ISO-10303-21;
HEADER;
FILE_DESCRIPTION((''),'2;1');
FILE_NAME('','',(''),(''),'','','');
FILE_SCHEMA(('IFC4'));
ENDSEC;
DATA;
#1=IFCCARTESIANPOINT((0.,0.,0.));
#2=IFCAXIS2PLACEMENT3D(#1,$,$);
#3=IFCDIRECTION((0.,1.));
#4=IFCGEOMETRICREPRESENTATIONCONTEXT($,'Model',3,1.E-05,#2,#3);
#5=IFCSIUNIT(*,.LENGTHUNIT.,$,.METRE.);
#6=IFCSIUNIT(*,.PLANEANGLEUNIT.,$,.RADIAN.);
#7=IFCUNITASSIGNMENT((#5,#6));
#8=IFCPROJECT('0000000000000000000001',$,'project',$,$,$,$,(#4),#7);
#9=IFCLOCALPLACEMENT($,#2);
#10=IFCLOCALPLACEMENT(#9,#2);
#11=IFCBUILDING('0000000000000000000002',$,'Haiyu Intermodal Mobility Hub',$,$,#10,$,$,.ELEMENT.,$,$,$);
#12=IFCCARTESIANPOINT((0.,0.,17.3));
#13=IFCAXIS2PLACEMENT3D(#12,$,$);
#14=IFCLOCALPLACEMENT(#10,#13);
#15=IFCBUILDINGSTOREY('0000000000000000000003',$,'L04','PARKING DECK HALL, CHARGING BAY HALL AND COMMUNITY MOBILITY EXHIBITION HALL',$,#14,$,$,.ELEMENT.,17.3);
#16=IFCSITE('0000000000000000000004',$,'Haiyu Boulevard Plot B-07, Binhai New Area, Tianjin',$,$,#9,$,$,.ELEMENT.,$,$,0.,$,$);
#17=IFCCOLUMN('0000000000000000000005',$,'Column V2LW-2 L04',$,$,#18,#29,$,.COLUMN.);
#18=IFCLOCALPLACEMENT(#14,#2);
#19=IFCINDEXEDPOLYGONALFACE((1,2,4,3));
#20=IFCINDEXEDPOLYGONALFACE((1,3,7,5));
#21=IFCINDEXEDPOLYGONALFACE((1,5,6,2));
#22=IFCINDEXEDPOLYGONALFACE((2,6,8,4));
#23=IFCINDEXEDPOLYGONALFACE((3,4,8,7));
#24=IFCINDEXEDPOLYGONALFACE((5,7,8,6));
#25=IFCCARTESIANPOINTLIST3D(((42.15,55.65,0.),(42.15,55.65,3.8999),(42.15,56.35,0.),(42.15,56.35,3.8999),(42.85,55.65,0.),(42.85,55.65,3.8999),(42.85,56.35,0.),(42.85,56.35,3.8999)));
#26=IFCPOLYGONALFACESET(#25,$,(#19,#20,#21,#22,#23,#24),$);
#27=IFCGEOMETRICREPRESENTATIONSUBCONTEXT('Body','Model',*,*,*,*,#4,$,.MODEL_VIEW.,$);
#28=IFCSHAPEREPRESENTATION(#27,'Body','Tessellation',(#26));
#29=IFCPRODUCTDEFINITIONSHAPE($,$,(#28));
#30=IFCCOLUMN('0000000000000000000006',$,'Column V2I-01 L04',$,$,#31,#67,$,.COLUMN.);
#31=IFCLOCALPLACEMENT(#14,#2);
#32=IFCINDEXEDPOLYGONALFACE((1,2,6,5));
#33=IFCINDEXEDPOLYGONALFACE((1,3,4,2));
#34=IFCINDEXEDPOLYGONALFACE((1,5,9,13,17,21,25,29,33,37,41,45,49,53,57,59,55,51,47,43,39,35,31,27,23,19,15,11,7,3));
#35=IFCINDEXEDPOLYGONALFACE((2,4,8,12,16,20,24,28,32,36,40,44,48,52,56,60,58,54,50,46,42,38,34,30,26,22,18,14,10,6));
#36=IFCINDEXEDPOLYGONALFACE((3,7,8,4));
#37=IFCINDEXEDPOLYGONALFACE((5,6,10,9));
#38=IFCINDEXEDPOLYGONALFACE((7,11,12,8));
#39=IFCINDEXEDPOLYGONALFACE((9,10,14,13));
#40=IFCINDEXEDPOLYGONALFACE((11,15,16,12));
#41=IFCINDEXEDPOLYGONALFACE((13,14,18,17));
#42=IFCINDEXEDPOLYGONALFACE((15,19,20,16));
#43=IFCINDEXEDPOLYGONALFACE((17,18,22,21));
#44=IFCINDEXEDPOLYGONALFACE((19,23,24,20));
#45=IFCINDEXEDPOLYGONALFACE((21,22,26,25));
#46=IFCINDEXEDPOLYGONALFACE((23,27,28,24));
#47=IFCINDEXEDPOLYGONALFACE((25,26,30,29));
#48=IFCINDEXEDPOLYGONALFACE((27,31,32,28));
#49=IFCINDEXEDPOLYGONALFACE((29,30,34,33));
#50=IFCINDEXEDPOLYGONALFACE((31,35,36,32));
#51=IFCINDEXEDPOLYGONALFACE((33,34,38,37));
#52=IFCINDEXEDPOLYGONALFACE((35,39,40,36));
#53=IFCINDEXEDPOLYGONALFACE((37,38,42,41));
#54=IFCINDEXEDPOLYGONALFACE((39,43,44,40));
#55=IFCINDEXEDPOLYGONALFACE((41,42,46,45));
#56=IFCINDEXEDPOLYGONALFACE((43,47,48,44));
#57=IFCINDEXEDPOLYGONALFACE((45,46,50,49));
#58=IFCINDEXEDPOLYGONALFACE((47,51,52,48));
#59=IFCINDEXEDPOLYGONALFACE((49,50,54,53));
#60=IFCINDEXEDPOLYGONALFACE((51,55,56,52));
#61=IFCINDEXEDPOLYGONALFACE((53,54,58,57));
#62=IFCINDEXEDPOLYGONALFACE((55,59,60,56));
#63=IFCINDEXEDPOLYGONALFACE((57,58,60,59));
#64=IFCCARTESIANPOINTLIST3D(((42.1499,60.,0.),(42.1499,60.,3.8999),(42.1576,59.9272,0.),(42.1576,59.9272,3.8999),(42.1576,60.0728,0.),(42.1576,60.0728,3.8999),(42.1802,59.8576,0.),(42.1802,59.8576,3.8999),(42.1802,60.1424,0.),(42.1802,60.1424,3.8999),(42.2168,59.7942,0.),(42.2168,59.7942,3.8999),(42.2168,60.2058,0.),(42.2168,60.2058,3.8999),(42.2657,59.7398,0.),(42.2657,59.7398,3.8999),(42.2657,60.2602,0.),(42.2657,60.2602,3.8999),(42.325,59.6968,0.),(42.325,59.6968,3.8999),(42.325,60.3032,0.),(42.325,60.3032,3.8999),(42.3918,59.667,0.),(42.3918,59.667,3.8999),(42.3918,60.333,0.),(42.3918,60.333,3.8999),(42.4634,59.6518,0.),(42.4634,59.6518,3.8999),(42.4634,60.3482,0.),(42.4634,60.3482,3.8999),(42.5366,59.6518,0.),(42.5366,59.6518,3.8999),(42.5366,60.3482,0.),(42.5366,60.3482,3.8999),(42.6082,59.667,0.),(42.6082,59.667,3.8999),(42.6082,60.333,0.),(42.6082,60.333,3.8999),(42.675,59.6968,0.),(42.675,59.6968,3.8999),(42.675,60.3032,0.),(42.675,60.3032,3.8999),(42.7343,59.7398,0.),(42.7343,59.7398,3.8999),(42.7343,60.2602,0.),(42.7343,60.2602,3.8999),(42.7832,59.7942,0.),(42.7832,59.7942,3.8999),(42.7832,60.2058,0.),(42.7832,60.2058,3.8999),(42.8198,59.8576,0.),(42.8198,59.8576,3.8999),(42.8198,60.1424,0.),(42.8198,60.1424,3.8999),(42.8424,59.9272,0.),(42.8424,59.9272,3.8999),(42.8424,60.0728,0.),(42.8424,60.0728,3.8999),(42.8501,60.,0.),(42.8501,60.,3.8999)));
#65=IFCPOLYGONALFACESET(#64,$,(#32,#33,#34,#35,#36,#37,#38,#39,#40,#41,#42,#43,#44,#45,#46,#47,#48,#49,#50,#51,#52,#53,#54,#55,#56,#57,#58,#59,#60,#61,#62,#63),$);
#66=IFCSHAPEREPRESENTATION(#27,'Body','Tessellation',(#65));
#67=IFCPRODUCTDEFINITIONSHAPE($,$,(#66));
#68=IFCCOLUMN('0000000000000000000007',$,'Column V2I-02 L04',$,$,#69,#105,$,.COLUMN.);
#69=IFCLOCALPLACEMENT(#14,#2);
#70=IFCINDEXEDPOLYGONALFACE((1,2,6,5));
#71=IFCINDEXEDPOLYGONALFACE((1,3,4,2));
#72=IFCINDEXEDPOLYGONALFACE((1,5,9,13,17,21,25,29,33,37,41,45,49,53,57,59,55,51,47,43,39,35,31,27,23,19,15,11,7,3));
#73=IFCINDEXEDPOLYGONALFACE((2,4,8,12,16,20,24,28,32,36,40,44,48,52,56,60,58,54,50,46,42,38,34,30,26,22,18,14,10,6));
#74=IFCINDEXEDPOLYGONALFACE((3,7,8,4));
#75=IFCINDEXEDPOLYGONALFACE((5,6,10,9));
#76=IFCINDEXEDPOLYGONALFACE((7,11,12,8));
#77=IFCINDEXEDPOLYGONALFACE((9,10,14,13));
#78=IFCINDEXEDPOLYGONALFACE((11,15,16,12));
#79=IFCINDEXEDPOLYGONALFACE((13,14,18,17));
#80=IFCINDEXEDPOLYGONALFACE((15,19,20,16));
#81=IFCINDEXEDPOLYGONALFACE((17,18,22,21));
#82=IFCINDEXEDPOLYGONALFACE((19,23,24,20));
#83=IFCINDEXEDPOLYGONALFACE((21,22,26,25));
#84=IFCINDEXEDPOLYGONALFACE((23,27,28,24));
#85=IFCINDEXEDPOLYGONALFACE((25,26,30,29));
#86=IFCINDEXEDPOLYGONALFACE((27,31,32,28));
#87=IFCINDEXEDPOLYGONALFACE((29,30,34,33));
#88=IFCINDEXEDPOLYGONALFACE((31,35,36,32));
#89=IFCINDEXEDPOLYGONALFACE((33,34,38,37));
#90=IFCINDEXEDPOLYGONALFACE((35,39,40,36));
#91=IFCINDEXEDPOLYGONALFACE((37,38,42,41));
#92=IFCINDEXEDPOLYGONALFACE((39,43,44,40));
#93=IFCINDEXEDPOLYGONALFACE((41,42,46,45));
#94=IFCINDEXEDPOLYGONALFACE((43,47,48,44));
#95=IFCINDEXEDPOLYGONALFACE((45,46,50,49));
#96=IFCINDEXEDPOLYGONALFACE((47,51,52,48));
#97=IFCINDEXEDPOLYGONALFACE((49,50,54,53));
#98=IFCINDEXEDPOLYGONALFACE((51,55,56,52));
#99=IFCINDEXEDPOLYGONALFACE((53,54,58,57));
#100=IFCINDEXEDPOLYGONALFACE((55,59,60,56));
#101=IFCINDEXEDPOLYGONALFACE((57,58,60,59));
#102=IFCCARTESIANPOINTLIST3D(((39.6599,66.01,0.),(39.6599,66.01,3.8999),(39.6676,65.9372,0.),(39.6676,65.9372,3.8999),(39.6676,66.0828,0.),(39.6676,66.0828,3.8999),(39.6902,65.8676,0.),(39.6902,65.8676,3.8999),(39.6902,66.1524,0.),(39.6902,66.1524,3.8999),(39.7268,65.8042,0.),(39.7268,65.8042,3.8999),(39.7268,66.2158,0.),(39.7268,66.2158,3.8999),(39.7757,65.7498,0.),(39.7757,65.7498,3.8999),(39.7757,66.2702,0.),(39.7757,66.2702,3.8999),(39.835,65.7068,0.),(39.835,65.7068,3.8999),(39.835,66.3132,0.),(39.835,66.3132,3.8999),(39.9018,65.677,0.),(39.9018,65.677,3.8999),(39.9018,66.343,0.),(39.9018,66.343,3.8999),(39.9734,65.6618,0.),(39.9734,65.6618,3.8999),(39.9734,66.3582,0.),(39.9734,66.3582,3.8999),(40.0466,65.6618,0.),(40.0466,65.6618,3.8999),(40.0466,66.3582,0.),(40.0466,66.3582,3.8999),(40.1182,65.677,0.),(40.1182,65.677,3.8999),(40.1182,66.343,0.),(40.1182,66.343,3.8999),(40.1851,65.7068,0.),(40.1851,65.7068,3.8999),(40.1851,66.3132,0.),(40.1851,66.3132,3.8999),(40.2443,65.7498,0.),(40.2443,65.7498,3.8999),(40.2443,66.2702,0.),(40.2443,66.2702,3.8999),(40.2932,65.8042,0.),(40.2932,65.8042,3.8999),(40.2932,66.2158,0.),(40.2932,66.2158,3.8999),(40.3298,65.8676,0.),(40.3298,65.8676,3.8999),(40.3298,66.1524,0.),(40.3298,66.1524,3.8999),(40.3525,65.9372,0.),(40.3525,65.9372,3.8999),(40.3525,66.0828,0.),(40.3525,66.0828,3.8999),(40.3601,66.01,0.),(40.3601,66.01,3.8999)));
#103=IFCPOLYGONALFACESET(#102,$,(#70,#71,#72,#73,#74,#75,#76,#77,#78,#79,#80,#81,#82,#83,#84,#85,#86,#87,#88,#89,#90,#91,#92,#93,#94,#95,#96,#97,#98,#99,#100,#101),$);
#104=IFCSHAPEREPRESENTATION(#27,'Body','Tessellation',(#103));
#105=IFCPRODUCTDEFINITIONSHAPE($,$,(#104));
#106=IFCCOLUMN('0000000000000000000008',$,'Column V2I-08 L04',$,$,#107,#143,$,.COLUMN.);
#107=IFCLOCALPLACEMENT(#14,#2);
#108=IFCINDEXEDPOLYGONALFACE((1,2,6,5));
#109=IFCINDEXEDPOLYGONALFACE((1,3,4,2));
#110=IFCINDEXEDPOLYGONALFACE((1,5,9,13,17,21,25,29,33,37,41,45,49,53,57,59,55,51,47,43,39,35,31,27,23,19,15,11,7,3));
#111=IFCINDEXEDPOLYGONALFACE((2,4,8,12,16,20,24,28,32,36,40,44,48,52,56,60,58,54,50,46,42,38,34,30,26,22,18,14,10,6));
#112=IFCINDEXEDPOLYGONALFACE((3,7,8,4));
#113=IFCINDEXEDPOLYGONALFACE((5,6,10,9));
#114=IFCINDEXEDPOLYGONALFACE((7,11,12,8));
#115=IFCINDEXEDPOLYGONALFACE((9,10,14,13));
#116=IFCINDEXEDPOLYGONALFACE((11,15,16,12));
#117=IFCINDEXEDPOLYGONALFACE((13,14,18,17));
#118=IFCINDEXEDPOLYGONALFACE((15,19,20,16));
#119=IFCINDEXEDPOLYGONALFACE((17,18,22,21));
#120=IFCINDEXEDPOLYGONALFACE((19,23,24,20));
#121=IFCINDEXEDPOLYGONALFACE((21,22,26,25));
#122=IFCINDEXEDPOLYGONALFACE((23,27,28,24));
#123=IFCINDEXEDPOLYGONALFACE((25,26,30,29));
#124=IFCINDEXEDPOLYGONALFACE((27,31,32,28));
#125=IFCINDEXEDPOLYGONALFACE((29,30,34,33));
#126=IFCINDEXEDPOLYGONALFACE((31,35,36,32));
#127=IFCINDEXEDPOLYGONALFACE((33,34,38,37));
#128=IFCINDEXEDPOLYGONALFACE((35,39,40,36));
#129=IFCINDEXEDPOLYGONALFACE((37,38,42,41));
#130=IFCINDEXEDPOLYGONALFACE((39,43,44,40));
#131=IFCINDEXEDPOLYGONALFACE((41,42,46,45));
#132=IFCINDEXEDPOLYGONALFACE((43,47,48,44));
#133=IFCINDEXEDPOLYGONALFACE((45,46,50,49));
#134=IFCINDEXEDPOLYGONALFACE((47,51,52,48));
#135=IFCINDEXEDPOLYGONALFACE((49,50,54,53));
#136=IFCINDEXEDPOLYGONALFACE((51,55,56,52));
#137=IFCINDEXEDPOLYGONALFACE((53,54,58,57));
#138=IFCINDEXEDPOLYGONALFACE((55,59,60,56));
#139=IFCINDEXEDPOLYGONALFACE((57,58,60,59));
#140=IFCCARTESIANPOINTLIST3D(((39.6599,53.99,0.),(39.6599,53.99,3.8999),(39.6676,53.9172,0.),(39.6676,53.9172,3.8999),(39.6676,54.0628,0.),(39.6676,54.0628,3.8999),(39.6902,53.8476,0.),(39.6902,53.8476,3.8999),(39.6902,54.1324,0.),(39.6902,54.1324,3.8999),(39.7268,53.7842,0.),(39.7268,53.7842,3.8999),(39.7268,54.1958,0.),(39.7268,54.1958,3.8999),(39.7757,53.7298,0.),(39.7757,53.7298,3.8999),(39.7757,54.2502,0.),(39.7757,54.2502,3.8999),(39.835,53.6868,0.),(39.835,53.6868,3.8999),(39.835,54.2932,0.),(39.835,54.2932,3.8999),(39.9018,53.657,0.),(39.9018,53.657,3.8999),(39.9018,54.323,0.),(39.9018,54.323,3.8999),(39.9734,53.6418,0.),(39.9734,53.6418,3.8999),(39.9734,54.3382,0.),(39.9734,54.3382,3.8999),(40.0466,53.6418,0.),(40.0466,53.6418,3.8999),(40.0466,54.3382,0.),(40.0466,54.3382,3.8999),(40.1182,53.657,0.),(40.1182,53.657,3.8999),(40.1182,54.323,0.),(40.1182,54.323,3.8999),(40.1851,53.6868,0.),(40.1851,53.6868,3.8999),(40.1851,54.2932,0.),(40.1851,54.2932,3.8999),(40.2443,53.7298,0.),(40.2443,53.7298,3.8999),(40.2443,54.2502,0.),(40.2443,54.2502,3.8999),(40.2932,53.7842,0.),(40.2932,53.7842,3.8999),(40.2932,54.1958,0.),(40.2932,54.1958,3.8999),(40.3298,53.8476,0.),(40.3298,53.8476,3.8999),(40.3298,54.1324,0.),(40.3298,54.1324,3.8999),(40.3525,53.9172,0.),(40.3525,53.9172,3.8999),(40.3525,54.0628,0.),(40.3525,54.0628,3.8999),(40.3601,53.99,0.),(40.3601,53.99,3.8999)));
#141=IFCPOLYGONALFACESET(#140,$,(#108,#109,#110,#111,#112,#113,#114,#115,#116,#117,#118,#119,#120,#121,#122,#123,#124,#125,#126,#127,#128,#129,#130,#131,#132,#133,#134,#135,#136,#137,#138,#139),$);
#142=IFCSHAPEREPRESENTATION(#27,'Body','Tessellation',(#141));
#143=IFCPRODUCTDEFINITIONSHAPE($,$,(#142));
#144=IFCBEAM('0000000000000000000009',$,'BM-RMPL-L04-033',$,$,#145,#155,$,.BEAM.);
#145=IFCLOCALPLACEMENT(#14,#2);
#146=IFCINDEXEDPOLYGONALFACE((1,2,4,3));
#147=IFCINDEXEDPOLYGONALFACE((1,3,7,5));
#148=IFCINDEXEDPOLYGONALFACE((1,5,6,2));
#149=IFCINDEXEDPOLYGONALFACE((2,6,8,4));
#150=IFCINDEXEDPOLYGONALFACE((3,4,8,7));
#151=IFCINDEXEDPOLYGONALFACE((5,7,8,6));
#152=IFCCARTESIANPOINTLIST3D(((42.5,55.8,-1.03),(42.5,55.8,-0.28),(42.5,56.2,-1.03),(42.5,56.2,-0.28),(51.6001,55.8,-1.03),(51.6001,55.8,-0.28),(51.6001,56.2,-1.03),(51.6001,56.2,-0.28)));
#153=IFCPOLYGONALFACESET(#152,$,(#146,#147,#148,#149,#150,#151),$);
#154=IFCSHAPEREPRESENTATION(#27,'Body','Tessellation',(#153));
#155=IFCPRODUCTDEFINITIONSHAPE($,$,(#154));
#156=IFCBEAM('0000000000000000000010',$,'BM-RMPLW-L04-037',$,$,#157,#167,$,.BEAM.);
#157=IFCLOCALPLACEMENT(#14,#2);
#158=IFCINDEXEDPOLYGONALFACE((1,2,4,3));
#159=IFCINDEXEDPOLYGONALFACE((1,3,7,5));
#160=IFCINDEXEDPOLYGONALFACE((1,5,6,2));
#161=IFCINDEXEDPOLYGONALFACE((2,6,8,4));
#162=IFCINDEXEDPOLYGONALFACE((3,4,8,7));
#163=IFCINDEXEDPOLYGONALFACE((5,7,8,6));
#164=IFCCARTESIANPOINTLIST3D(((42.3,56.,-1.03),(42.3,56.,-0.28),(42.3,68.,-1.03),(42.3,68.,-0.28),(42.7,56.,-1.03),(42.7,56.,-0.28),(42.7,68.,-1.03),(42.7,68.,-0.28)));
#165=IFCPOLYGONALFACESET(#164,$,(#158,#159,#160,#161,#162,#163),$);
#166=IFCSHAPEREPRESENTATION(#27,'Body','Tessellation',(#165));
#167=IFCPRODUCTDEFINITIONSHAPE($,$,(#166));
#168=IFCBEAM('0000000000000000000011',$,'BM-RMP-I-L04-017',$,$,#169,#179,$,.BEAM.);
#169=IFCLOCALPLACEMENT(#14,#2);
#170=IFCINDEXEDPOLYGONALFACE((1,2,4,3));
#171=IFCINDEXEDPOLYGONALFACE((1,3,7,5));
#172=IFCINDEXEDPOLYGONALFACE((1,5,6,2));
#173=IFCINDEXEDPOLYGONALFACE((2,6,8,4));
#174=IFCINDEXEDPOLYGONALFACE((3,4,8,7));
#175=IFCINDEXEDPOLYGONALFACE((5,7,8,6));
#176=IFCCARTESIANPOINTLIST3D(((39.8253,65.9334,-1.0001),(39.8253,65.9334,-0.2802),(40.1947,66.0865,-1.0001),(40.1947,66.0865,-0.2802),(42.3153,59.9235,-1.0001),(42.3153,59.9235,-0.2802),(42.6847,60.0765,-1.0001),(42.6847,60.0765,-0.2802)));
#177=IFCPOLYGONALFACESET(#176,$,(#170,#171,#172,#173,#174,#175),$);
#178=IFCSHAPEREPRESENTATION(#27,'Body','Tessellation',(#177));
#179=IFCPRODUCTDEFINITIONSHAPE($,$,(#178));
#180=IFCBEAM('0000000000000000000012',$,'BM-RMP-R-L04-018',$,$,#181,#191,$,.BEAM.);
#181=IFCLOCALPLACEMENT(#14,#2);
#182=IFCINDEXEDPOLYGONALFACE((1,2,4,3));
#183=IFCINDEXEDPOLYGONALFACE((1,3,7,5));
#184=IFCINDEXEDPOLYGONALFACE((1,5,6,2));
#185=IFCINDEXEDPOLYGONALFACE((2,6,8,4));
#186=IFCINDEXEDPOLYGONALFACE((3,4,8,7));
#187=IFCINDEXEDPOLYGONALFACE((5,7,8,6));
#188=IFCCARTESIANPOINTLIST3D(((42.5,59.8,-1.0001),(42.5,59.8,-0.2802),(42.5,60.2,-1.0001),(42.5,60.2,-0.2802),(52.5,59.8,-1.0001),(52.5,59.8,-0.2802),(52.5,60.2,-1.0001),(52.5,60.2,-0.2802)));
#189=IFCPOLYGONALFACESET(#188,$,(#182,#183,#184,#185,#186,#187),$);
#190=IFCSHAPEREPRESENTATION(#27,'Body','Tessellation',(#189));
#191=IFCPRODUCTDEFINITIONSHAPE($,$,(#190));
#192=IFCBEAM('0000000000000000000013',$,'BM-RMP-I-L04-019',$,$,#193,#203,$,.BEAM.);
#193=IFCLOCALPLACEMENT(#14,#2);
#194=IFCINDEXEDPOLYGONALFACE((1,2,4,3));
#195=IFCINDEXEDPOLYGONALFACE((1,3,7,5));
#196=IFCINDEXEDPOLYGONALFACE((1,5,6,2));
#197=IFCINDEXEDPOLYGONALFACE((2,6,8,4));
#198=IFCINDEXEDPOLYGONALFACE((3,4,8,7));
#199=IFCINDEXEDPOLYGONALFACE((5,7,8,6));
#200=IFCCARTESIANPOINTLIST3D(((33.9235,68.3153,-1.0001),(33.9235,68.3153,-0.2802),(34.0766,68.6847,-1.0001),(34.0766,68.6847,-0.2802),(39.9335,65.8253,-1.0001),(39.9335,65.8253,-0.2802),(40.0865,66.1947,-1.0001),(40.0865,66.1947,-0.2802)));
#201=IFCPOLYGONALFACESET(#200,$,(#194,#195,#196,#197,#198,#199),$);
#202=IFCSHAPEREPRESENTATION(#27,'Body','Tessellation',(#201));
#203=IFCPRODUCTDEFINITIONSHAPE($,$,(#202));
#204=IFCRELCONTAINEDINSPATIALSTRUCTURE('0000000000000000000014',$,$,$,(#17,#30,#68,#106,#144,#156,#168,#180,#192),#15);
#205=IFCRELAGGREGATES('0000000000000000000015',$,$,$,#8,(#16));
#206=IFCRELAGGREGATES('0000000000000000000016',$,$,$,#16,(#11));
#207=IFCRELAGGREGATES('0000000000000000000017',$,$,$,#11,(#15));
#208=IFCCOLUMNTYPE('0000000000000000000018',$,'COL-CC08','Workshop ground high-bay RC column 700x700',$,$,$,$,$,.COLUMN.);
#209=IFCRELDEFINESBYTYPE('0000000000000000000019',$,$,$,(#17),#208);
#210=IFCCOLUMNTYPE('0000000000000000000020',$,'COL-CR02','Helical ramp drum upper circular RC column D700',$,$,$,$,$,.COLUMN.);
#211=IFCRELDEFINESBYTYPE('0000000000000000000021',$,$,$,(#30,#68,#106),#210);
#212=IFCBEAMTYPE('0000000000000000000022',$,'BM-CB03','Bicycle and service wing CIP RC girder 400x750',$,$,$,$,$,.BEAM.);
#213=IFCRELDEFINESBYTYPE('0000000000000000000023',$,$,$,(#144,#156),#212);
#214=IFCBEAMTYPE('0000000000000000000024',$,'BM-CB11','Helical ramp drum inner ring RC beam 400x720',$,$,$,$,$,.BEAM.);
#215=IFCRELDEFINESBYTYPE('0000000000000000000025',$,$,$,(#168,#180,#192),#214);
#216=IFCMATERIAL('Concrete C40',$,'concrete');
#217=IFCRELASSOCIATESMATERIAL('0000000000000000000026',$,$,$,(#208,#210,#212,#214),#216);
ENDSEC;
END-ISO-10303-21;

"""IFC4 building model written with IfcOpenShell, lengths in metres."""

from ifc_helpers import new_model, si_unit, direction, frame, origin, origin_2d, place, context, subcontext, project, spatial, rectangle, circle, extrude, material, material_profile, profile_set, type_object, element, save


model = new_model("IFC4")

# Units and contexts
model_context = context("Model", 3, precision=1e-05, world=origin(), true_north=direction((0.0, 1.0)))
body_context = subcontext(model_context, "Body", "Model", "MODEL_VIEW")
ifc_project = project(units=[si_unit("LENGTHUNIT", "METRE"), si_unit("PLANEANGLEUNIT", "RADIAN")], contexts=[model_context])

# Site, building, storey
site_placement = place(None, origin())
site = spatial("IfcSite", under=ifc_project, at=site_placement, Name="Haiyu Boulevard Plot B-07, Binhai New Area, Tianjin", CompositionType="ELEMENT", RefElevation=0.0)
building_placement = place(site_placement, origin())
building = spatial("IfcBuilding", under=site, at=building_placement, Name="Haiyu Intermodal Mobility Hub", CompositionType="ELEMENT")
storey_placement = place(building_placement, frame((0.0, 0.0, 17.3)))
storey = spatial("IfcBuildingStorey", under=building, at=storey_placement, Name="L04", Description="PARKING DECK HALL, CHARGING BAY HALL AND COMMUNITY MOBILITY EXHIBITION HALL", CompositionType="ELEMENT", Elevation=17.3)

# Columns
ifc_material_1 = material(Name="Concrete C40", Category="concrete")
ifc_material_profile_1 = material_profile(ifc_material_1, rectangle(XDim=0.7, YDim=0.7, at=origin_2d()), Name="RC700x700")
ifc_profile_set_1 = profile_set([ifc_material_profile_1], Name="Concrete C40")
column_type_1 = type_object("IfcColumnType", Name="COL-CC08", Description="Workshop ground high-bay RC column 700x700", PredefinedType="COLUMN", material=ifc_profile_set_1)
column_placement = place(storey_placement, frame((42.5, 56.0, 0.0), z_axis=(0.0, 0.0, 1.0), x_axis=(1.0, 0.0, 0.0)))
element("IfcColumn", 1, at=column_placement, inside=storey, type_object=column_type_1, Name="Column V2LW-2 L04", PredefinedType="COLUMN", context=body_context, shape_type="SweptSolid", body=[
    extrude(rectangle(XDim=0.7, YDim=0.7, at=origin_2d()), origin(), (0.0, 0.0, 1.0), 3.8999),
])
ifc_material_profile_2 = material_profile(ifc_material_1, circle(Radius=0.3501, at=origin_2d()), Name="RCCOL-D700")
ifc_profile_set_2 = profile_set([ifc_material_profile_2], Name="Concrete C40")
column_type_2 = type_object("IfcColumnType", Name="COL-CR02", Description="Helical ramp drum upper circular RC column D700", PredefinedType="COLUMN", material=ifc_profile_set_2)
for number, where, z_axis, x_axis, name in (
    (2, (42.5, 60.0, 0.0), (0.0, 0.0, 1.0), (1.0, 0.0, 0.0), "Column V2I-01 L04"),
    (3, (40.01, 66.01, 0.0), (0.0, 0.0, 1.0), (1.0, 0.0, 0.0), "Column V2I-02 L04"),
    (4, (40.01, 53.99, 0.0), (0.0, 0.0, 1.0), (1.0, 0.0, 0.0), "Column V2I-08 L04"),
):
    element("IfcColumn", number, at=place(storey_placement, frame(where, z_axis=z_axis, x_axis=x_axis)), inside=storey, type_object=column_type_2, Name=name, PredefinedType="COLUMN", context=body_context, shape_type="SweptSolid", body=[
        extrude(circle(Radius=0.3501, at=origin_2d()), origin(), (0.0, 0.0, 1.0), 3.8999),
    ])

# Beams
ifc_material_profile_3 = material_profile(ifc_material_1, rectangle(XDim=0.3999, YDim=0.75, at=origin_2d()), Name="RCB400x750")
ifc_profile_set_3 = profile_set([ifc_material_profile_3], Name="Concrete C40")
beam_type_1 = type_object("IfcBeamType", Name="BM-CB03", Description="Bicycle and service wing CIP RC girder 400x750", PredefinedType="BEAM", material=ifc_profile_set_3)
beam_1_placement = place(storey_placement, frame((42.5, 56.0, -0.655), z_axis=(1.0, 0.0, 0.0), x_axis=(0.0, 1.0, 0.0)))
element("IfcBeam", 5, at=beam_1_placement, inside=storey, type_object=beam_type_1, Name="BM-RMPL-L04-033", PredefinedType="BEAM", context=body_context, shape_type="SweptSolid", body=[
    extrude(rectangle(XDim=0.3999, YDim=0.75, at=origin_2d()), origin(), (0.0, 0.0, 1.0), 9.1001),
])
beam_2_placement = place(storey_placement, frame((42.5, 56.0, -0.655), z_axis=(0.0, 1.0, 0.0), x_axis=(-1.0, 0.0, 0.0)))
element("IfcBeam", 6, at=beam_2_placement, inside=storey, type_object=beam_type_1, Name="BM-RMPLW-L04-037", PredefinedType="BEAM", context=body_context, shape_type="SweptSolid", body=[
    extrude(rectangle(XDim=0.3999, YDim=0.75, at=origin_2d()), origin(), (0.0, 0.0, 1.0), 12.0),
])
ifc_material_profile_4 = material_profile(ifc_material_1, rectangle(XDim=0.3999, YDim=0.72, at=origin_2d()), Name="RCB400x720")
ifc_profile_set_4 = profile_set([ifc_material_profile_4], Name="Concrete C40")
beam_type_2 = type_object("IfcBeamType", Name="BM-CB11", Description="Helical ramp drum inner ring RC beam 400x720", PredefinedType="BEAM", material=ifc_profile_set_4)
beam_3_placement = place(storey_placement, frame((42.5, 60.0, -0.6401), z_axis=(-0.382757, 0.923849, 0.0), x_axis=(-0.923849, -0.382757, 0.0)))
element("IfcBeam", 7, at=beam_3_placement, inside=storey, type_object=beam_type_2, Name="BM-RMP-I-L04-017", PredefinedType="BEAM", context=body_context, shape_type="SweptSolid", body=[
    extrude(rectangle(XDim=0.3999, YDim=0.72, at=origin_2d()), origin(), (0.0, 0.0, 1.0), 6.5054),
])
beam_4_placement = place(storey_placement, frame((42.5, 60.0, -0.6401), z_axis=(1.0, 0.0, 0.0), x_axis=(0.0, 1.0, 0.0)))
element("IfcBeam", 8, at=beam_4_placement, inside=storey, type_object=beam_type_2, Name="BM-RMP-R-L04-018", PredefinedType="BEAM", context=body_context, shape_type="SweptSolid", body=[
    extrude(rectangle(XDim=0.3999, YDim=0.72, at=origin_2d()), origin(), (0.0, 0.0, 1.0), 10.0),
])
beam_5_placement = place(storey_placement, frame((40.01, 66.01, -0.6401), z_axis=(-0.923849, 0.382757, 0.0), x_axis=(-0.382757, -0.923849, 0.0)))
element("IfcBeam", 9, at=beam_5_placement, inside=storey, type_object=beam_type_2, Name="BM-RMP-I-L04-019", PredefinedType="BEAM", context=body_context, shape_type="SweptSolid", body=[
    extrude(rectangle(XDim=0.3999, YDim=0.72, at=origin_2d()), origin(), (0.0, 0.0, 1.0), 6.5054),
])

save(model, "model.ifc")
